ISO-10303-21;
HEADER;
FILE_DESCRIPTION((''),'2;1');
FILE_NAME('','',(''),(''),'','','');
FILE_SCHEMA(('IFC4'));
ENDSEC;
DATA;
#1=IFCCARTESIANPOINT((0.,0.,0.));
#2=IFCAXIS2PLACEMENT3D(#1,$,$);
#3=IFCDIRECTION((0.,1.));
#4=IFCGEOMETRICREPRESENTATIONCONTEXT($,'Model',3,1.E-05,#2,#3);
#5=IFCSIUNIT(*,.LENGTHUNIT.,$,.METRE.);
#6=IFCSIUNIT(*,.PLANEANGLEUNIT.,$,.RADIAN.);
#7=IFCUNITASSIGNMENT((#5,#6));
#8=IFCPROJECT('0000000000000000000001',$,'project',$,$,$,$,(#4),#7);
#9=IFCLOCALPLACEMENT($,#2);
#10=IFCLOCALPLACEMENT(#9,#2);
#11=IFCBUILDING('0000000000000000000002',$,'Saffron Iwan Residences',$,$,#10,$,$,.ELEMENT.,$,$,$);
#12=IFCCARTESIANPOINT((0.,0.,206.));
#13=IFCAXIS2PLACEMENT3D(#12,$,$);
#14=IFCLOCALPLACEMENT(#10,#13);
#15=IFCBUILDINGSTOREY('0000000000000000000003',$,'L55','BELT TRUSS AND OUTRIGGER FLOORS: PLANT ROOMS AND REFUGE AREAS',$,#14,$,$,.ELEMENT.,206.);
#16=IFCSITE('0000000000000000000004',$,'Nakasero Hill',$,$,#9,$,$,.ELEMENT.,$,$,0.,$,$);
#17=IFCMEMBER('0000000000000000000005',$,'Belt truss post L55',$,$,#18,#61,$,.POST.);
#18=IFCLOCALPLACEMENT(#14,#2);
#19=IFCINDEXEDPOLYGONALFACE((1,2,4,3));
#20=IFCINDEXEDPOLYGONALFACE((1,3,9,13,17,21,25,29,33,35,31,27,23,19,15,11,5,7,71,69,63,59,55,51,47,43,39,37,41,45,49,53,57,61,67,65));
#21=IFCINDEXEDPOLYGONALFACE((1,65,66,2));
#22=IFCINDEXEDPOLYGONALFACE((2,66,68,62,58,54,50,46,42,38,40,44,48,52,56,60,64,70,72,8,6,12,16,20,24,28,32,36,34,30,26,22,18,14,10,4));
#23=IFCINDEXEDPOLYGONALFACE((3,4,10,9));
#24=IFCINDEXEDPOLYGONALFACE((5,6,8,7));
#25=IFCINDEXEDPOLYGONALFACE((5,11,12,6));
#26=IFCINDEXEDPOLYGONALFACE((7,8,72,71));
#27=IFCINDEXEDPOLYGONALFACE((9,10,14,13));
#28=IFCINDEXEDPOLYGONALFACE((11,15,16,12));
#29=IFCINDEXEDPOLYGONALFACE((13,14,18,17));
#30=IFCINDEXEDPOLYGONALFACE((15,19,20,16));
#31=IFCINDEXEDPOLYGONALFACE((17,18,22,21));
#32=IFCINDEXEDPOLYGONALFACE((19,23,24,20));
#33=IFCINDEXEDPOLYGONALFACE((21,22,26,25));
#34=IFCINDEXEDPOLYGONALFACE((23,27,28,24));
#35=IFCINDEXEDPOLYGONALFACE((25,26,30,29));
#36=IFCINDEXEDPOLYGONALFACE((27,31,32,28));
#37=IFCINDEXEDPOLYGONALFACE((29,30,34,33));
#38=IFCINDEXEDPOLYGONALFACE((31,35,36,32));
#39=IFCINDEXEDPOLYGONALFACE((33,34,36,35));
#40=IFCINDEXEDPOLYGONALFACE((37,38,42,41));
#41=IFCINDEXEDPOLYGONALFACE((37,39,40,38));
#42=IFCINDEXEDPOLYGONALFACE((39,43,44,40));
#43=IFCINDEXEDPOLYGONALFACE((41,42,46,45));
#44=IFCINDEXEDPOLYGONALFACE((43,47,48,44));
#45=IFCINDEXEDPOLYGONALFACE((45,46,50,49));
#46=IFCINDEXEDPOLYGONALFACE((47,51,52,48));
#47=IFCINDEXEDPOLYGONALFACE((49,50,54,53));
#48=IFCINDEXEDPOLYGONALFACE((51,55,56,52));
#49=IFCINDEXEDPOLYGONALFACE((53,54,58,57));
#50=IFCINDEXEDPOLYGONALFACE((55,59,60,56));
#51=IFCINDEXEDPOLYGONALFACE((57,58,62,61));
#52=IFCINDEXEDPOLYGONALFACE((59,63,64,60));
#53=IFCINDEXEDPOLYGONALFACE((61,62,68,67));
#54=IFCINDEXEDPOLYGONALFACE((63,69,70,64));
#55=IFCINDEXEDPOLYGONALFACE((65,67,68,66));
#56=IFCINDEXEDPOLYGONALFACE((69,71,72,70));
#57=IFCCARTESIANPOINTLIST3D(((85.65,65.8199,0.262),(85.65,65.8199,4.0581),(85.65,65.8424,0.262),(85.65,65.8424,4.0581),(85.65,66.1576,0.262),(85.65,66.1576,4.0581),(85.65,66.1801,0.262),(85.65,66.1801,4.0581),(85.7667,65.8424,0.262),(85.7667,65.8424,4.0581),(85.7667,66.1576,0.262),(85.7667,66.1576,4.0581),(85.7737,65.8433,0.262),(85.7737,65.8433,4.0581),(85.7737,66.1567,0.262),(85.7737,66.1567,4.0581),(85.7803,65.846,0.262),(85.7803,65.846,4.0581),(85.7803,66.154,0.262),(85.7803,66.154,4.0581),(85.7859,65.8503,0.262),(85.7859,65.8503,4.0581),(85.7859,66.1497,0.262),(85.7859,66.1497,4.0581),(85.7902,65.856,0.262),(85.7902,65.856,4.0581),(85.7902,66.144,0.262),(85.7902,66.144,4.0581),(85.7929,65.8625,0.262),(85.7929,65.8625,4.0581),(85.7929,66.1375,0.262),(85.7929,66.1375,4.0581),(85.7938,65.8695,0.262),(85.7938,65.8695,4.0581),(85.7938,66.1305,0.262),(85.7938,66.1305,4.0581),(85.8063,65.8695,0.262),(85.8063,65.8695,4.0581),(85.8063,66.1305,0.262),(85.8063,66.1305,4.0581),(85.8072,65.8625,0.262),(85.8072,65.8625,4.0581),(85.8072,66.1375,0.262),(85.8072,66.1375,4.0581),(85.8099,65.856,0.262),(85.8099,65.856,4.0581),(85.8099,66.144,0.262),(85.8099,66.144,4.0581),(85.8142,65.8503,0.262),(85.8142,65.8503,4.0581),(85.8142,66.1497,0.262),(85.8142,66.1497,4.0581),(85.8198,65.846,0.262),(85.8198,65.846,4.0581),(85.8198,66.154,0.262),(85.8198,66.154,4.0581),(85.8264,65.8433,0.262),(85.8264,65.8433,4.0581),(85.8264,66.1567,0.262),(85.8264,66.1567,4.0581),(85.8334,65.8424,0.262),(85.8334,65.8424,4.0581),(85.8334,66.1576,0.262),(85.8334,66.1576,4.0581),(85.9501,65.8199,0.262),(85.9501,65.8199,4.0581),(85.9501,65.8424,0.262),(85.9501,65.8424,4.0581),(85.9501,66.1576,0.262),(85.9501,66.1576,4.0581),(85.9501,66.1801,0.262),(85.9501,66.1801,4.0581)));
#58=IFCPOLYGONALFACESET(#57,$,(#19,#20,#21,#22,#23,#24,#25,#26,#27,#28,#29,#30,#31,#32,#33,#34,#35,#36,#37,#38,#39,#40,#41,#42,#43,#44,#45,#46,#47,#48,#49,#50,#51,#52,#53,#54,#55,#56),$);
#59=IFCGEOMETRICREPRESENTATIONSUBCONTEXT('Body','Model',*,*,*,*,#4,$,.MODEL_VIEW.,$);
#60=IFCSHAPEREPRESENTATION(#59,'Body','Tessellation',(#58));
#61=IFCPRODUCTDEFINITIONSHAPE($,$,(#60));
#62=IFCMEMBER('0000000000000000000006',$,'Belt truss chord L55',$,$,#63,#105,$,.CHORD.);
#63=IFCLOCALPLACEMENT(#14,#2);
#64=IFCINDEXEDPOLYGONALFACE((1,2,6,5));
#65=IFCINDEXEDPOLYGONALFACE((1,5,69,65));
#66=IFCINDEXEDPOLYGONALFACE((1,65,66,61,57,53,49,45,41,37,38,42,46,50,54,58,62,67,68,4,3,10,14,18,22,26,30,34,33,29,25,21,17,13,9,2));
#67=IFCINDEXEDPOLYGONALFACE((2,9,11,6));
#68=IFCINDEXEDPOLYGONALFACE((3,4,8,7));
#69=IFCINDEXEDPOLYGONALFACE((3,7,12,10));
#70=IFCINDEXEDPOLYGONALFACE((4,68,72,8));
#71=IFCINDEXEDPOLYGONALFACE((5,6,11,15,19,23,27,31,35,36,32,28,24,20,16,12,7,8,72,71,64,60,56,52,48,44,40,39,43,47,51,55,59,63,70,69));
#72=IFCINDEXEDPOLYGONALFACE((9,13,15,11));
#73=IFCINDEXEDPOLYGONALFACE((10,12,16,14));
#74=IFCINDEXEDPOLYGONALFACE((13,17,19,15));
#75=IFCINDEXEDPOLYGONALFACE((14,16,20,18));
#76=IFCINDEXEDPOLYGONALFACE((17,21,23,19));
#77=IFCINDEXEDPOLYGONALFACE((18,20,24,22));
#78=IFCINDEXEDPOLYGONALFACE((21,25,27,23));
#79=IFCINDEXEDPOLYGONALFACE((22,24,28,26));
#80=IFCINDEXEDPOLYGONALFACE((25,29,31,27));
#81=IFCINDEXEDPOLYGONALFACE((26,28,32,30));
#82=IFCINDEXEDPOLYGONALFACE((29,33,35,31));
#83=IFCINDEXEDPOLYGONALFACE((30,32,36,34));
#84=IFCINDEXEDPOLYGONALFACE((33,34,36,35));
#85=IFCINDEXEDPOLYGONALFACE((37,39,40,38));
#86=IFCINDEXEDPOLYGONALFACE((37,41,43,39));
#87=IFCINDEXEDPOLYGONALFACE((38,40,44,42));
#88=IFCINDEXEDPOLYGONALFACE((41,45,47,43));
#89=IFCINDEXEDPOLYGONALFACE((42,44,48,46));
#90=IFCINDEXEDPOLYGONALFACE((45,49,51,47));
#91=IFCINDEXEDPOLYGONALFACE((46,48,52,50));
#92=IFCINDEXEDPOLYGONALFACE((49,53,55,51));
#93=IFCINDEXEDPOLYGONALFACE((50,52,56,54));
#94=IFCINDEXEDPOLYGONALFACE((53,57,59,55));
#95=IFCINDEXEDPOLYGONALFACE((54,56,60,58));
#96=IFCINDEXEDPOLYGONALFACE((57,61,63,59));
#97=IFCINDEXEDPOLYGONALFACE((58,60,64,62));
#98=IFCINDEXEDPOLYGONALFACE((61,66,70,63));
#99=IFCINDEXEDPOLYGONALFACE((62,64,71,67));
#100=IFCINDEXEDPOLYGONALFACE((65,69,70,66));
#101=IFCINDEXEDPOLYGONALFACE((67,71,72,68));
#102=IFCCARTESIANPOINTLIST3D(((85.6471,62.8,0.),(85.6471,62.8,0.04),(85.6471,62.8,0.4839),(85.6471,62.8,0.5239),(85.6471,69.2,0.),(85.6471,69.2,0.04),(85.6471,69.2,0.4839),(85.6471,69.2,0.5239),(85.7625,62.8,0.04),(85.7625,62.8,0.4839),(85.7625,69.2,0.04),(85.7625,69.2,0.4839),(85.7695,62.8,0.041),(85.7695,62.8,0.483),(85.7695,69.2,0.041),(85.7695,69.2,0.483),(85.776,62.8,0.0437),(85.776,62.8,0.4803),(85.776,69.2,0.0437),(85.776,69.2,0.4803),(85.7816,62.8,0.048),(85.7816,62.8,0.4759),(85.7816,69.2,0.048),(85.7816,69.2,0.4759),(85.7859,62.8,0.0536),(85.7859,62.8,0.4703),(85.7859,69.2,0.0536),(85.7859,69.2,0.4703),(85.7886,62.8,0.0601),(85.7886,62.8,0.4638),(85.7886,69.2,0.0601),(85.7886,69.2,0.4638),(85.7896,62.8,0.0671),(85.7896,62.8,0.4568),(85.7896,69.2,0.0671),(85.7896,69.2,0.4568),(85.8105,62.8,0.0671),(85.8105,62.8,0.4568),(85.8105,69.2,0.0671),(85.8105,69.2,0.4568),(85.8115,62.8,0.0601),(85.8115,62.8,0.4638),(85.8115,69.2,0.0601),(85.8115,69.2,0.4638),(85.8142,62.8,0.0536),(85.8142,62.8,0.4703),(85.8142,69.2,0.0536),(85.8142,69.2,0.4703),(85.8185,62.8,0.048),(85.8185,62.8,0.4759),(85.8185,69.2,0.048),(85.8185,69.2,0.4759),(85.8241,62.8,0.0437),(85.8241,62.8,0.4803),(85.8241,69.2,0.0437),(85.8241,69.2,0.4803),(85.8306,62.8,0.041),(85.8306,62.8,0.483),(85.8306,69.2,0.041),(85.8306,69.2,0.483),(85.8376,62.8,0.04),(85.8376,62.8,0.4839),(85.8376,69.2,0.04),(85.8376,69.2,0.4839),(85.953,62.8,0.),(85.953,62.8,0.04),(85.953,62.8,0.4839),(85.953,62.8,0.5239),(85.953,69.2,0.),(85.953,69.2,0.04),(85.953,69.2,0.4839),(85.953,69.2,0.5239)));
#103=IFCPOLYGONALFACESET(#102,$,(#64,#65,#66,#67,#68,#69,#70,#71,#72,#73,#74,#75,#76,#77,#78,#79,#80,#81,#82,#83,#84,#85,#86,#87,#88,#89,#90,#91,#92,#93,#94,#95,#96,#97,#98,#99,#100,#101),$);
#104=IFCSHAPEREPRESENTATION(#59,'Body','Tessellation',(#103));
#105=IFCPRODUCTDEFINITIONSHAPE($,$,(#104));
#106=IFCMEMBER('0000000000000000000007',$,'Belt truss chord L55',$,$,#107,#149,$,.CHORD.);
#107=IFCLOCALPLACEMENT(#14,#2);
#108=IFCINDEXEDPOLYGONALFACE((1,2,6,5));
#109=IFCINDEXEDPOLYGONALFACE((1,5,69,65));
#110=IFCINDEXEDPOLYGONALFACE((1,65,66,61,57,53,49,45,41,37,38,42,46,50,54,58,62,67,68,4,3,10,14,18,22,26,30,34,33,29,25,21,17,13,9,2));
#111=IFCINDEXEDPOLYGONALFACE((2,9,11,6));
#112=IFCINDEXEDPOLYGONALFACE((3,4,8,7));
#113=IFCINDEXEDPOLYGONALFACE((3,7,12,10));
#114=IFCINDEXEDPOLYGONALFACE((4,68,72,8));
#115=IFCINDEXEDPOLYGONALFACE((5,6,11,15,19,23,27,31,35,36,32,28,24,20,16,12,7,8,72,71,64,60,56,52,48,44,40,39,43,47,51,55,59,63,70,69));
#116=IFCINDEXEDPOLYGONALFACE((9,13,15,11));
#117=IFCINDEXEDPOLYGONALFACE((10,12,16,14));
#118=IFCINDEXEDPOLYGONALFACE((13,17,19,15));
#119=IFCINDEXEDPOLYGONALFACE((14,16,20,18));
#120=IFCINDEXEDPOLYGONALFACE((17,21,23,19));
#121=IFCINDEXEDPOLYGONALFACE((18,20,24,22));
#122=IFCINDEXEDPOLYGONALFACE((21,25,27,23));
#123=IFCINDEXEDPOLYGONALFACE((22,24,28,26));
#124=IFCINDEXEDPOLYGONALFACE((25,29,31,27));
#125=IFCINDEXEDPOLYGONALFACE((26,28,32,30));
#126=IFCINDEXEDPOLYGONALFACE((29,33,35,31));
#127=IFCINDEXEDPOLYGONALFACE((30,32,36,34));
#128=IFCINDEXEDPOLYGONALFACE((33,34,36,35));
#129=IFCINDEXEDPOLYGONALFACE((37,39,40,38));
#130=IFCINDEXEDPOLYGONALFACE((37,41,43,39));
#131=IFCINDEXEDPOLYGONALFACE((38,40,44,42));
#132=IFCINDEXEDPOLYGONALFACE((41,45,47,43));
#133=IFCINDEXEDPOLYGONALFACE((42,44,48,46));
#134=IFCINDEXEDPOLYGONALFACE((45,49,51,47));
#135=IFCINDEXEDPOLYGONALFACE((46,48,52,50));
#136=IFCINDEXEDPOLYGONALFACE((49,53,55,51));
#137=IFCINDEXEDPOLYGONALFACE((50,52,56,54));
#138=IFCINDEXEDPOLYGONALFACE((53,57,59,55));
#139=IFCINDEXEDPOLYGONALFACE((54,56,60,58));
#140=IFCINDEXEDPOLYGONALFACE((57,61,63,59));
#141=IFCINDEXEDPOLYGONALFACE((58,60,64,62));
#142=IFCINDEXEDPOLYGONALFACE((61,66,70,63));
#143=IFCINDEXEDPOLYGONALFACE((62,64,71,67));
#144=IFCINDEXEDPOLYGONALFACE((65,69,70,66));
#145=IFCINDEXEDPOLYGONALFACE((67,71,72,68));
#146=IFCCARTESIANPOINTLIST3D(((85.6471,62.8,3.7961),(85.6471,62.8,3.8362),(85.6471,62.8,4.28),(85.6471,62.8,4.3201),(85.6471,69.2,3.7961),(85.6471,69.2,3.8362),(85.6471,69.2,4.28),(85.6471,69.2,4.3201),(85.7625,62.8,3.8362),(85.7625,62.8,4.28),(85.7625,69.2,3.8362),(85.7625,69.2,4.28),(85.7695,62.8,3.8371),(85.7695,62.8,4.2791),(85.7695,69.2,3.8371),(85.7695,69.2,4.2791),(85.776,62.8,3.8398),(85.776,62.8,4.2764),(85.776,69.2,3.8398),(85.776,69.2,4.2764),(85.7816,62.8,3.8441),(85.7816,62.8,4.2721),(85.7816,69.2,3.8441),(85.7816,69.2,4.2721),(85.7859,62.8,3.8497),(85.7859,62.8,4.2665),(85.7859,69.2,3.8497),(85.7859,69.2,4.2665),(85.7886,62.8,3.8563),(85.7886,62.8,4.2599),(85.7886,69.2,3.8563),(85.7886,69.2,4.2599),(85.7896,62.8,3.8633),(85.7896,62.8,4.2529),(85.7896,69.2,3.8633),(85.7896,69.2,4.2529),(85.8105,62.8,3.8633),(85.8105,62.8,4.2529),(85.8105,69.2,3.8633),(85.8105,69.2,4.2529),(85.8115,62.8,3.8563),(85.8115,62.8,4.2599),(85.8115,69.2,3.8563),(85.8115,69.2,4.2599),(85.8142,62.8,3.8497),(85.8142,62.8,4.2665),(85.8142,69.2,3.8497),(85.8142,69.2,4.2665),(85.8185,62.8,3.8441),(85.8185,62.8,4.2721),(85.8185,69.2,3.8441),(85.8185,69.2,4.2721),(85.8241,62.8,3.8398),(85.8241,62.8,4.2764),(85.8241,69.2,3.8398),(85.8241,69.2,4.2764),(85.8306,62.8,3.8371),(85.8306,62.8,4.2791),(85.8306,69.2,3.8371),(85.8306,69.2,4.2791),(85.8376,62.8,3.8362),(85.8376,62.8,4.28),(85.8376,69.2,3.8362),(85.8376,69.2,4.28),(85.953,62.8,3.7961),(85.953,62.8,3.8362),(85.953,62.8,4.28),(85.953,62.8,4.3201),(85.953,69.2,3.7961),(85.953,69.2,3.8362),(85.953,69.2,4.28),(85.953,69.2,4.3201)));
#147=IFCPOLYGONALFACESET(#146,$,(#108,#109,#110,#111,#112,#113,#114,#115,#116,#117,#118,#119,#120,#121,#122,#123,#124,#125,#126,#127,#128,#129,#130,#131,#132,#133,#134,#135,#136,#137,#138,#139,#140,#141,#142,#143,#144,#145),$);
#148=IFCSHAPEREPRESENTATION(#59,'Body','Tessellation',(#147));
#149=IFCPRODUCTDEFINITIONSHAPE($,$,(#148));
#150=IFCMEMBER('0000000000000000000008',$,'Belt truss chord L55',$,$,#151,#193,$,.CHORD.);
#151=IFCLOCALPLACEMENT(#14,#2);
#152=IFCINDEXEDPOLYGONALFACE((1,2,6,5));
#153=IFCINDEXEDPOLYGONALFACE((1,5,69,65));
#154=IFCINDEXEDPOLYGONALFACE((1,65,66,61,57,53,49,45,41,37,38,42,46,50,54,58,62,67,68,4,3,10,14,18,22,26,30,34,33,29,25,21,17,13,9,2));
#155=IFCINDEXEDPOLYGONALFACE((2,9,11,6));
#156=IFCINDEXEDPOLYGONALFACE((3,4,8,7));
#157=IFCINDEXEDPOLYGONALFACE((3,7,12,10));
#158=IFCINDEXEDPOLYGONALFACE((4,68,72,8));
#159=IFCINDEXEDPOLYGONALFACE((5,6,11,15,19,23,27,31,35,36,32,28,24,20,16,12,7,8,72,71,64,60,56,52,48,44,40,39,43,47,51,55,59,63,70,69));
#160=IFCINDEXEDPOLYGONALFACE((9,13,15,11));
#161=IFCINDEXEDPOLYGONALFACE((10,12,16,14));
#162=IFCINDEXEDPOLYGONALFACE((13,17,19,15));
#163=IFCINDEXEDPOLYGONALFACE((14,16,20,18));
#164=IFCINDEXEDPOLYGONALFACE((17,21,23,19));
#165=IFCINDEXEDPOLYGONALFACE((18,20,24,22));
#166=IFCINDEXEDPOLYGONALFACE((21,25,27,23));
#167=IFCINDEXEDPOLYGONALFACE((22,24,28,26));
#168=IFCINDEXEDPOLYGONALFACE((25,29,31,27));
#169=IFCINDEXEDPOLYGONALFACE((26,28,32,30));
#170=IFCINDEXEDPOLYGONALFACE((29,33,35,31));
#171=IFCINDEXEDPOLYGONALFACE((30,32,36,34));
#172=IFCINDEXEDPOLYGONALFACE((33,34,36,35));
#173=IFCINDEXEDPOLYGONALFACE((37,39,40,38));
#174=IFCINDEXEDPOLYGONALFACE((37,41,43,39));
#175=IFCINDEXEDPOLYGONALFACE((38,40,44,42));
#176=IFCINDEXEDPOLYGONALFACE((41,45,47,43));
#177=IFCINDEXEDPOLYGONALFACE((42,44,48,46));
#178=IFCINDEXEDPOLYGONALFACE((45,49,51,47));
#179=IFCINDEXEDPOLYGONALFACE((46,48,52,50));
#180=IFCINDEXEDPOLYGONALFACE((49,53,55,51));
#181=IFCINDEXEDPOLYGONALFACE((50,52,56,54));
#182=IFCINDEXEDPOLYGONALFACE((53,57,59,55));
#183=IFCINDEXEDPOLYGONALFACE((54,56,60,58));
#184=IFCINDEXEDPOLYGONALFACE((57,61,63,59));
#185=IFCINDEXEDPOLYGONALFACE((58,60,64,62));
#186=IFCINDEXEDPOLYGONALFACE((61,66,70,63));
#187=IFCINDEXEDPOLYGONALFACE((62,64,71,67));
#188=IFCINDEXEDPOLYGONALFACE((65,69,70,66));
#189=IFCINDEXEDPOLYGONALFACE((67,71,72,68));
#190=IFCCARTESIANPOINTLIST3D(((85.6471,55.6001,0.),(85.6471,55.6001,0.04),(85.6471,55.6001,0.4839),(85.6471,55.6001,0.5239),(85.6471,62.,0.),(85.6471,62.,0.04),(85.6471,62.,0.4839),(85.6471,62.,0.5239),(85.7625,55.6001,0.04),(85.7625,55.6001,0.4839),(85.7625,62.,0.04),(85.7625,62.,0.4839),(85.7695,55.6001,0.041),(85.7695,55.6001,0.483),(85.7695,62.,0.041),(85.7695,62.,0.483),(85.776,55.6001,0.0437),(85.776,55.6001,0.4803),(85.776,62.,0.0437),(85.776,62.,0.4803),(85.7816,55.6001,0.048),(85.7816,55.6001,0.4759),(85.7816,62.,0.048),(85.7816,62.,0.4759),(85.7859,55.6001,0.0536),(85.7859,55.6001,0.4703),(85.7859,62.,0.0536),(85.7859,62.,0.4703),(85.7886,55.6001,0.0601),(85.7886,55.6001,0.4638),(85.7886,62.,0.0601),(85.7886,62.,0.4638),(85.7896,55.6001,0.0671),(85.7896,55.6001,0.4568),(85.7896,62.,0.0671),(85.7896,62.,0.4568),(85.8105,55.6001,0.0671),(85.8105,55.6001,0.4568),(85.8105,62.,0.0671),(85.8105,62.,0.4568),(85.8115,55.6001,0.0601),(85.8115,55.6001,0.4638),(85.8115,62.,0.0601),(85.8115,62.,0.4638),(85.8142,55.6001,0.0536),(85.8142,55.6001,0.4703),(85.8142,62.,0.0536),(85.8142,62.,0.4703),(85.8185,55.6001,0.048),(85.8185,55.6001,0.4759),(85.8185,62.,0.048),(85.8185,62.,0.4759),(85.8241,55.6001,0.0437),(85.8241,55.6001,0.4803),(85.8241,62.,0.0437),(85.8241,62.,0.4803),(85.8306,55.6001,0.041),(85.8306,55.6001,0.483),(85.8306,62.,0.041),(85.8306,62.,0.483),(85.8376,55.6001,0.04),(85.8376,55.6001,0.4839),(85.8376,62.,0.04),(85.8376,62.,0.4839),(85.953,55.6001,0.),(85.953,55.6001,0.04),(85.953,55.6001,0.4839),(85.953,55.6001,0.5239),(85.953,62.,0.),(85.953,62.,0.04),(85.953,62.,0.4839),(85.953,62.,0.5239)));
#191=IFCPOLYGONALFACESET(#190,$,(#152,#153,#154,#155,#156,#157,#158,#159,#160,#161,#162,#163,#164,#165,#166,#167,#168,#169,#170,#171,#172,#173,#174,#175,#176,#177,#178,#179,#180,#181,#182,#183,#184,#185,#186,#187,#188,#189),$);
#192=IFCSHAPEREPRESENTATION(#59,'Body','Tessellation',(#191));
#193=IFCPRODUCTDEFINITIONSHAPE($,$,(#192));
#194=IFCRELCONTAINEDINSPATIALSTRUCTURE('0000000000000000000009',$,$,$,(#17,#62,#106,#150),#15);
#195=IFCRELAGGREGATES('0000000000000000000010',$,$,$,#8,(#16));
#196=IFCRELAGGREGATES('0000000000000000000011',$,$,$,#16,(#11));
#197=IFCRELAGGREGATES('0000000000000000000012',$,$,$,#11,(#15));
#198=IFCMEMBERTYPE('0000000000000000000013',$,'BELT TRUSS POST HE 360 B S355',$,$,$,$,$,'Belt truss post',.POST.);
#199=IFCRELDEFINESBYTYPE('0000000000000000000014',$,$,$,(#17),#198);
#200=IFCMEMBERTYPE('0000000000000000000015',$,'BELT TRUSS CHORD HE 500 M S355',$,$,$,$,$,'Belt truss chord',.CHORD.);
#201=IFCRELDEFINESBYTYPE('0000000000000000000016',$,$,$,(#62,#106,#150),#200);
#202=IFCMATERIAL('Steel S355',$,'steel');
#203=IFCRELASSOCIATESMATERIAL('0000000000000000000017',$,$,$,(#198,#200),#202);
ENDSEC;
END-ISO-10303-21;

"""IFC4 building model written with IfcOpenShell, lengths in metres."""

from ifc_helpers import new_model, si_unit, direction, frame, origin, origin_2d, place, context, subcontext, project, spatial, i_section, extrude, source, transform, mapped, material, material_profile, profile_set, type_object, element, save


model = new_model("IFC4")

# Units and contexts
model_context = context("Model", 3, precision=1e-05, world=origin(), true_north=direction((0.0, 1.0)))
body_context = subcontext(model_context, "Body", "Model", "MODEL_VIEW")
ifc_project = project(units=[si_unit("LENGTHUNIT", "METRE"), si_unit("PLANEANGLEUNIT", "RADIAN")], contexts=[model_context])

# Site, building, storey
site_placement = place(None, origin())
site = spatial("IfcSite", under=ifc_project, at=site_placement, Name="Nakasero Hill", CompositionType="ELEMENT", RefElevation=0.0)
building_placement = place(site_placement, origin())
building = spatial("IfcBuilding", under=site, at=building_placement, Name="Saffron Iwan Residences", CompositionType="ELEMENT")
storey_placement = place(building_placement, frame((0.0, 0.0, 206.0)))
storey = spatial("IfcBuildingStorey", under=building, at=storey_placement, Name="L55", Description="BELT TRUSS AND OUTRIGGER FLOORS: PLANT ROOMS AND REFUGE AREAS", CompositionType="ELEMENT", Elevation=206.0)

# Members
ifc_material_1 = material(Name="Steel S355", Category="steel")
ifc_material_profile_1 = material_profile(ifc_material_1, i_section(OverallWidth=0.3, OverallDepth=0.3601, WebThickness=0.0125, FlangeThickness=0.0225, FilletRadius=0.0271, at=origin_2d()), Name="HE 360 B")
ifc_profile_set_1 = profile_set([ifc_material_profile_1], Name="Steel S355")
member_type_1 = type_object("IfcMemberType", Name="BELT TRUSS POST HE 360 B S355", ElementType="Belt truss post", PredefinedType="POST", material=ifc_profile_set_1)
shared_shape_1 = source(origin(), body_context, "Body", "SweptSolid", [
    extrude(i_section(OverallWidth=0.3, OverallDepth=0.3601, WebThickness=0.0125, FlangeThickness=0.0225, FilletRadius=0.0271, at=origin_2d()), origin(), (0.0, 0.0, 1.0), 3.7961),
])
member_1_placement = place(storey_placement, frame((85.8, 66.0, 0.262), z_axis=(0.0, 0.0, 1.0), x_axis=(1.0, 0.0, 0.0)))
element("IfcMember", 1, at=member_1_placement, inside=storey, type_object=member_type_1, Name="Belt truss post L55", PredefinedType="POST", context=body_context, shape_type="MappedRepresentation", body=[
    mapped(shared_shape_1, transform((0.0, 0.0, 0.0))),
])
ifc_material_profile_2 = material_profile(ifc_material_1, i_section(OverallWidth=0.3059, OverallDepth=0.5239, WebThickness=0.021, FlangeThickness=0.04, FilletRadius=0.0271, at=origin_2d()), Name="HE 500 M")
ifc_profile_set_2 = profile_set([ifc_material_profile_2], Name="Steel S355")
member_type_2 = type_object("IfcMemberType", Name="BELT TRUSS CHORD HE 500 M S355", ElementType="Belt truss chord", PredefinedType="CHORD", material=ifc_profile_set_2)
shared_shape_2 = source(origin(), body_context, "Body", "SweptSolid", [
    extrude(i_section(OverallWidth=0.3059, OverallDepth=0.5239, WebThickness=0.021, FlangeThickness=0.04, FilletRadius=0.0271, at=origin_2d()), origin(), (0.0, 0.0, 1.0), 6.3999),
])
for number, where, z_axis, x_axis, name in (
    (2, (85.8, 69.2, 0.262), (0.0, -1.0, 0.0), (1.0, 0.0, 0.0), "Belt truss chord L55"),
    (3, (85.8, 69.2, 4.0581), (0.0, -1.0, 0.0), (1.0, 0.0, 0.0), "Belt truss chord L55"),
    (4, (85.8, 62.0, 0.262), (0.0, -1.0, 0.0), (1.0, 0.0, 0.0), "Belt truss chord L55"),
):
    element("IfcMember", number, at=place(storey_placement, frame(where, z_axis=z_axis, x_axis=x_axis)), inside=storey, type_object=member_type_2, Name=name, PredefinedType="CHORD", context=body_context, shape_type="MappedRepresentation", body=[
        mapped(shared_shape_2, transform((0.0, 0.0, 0.0))),
    ])

save(model, "model.ifc")
